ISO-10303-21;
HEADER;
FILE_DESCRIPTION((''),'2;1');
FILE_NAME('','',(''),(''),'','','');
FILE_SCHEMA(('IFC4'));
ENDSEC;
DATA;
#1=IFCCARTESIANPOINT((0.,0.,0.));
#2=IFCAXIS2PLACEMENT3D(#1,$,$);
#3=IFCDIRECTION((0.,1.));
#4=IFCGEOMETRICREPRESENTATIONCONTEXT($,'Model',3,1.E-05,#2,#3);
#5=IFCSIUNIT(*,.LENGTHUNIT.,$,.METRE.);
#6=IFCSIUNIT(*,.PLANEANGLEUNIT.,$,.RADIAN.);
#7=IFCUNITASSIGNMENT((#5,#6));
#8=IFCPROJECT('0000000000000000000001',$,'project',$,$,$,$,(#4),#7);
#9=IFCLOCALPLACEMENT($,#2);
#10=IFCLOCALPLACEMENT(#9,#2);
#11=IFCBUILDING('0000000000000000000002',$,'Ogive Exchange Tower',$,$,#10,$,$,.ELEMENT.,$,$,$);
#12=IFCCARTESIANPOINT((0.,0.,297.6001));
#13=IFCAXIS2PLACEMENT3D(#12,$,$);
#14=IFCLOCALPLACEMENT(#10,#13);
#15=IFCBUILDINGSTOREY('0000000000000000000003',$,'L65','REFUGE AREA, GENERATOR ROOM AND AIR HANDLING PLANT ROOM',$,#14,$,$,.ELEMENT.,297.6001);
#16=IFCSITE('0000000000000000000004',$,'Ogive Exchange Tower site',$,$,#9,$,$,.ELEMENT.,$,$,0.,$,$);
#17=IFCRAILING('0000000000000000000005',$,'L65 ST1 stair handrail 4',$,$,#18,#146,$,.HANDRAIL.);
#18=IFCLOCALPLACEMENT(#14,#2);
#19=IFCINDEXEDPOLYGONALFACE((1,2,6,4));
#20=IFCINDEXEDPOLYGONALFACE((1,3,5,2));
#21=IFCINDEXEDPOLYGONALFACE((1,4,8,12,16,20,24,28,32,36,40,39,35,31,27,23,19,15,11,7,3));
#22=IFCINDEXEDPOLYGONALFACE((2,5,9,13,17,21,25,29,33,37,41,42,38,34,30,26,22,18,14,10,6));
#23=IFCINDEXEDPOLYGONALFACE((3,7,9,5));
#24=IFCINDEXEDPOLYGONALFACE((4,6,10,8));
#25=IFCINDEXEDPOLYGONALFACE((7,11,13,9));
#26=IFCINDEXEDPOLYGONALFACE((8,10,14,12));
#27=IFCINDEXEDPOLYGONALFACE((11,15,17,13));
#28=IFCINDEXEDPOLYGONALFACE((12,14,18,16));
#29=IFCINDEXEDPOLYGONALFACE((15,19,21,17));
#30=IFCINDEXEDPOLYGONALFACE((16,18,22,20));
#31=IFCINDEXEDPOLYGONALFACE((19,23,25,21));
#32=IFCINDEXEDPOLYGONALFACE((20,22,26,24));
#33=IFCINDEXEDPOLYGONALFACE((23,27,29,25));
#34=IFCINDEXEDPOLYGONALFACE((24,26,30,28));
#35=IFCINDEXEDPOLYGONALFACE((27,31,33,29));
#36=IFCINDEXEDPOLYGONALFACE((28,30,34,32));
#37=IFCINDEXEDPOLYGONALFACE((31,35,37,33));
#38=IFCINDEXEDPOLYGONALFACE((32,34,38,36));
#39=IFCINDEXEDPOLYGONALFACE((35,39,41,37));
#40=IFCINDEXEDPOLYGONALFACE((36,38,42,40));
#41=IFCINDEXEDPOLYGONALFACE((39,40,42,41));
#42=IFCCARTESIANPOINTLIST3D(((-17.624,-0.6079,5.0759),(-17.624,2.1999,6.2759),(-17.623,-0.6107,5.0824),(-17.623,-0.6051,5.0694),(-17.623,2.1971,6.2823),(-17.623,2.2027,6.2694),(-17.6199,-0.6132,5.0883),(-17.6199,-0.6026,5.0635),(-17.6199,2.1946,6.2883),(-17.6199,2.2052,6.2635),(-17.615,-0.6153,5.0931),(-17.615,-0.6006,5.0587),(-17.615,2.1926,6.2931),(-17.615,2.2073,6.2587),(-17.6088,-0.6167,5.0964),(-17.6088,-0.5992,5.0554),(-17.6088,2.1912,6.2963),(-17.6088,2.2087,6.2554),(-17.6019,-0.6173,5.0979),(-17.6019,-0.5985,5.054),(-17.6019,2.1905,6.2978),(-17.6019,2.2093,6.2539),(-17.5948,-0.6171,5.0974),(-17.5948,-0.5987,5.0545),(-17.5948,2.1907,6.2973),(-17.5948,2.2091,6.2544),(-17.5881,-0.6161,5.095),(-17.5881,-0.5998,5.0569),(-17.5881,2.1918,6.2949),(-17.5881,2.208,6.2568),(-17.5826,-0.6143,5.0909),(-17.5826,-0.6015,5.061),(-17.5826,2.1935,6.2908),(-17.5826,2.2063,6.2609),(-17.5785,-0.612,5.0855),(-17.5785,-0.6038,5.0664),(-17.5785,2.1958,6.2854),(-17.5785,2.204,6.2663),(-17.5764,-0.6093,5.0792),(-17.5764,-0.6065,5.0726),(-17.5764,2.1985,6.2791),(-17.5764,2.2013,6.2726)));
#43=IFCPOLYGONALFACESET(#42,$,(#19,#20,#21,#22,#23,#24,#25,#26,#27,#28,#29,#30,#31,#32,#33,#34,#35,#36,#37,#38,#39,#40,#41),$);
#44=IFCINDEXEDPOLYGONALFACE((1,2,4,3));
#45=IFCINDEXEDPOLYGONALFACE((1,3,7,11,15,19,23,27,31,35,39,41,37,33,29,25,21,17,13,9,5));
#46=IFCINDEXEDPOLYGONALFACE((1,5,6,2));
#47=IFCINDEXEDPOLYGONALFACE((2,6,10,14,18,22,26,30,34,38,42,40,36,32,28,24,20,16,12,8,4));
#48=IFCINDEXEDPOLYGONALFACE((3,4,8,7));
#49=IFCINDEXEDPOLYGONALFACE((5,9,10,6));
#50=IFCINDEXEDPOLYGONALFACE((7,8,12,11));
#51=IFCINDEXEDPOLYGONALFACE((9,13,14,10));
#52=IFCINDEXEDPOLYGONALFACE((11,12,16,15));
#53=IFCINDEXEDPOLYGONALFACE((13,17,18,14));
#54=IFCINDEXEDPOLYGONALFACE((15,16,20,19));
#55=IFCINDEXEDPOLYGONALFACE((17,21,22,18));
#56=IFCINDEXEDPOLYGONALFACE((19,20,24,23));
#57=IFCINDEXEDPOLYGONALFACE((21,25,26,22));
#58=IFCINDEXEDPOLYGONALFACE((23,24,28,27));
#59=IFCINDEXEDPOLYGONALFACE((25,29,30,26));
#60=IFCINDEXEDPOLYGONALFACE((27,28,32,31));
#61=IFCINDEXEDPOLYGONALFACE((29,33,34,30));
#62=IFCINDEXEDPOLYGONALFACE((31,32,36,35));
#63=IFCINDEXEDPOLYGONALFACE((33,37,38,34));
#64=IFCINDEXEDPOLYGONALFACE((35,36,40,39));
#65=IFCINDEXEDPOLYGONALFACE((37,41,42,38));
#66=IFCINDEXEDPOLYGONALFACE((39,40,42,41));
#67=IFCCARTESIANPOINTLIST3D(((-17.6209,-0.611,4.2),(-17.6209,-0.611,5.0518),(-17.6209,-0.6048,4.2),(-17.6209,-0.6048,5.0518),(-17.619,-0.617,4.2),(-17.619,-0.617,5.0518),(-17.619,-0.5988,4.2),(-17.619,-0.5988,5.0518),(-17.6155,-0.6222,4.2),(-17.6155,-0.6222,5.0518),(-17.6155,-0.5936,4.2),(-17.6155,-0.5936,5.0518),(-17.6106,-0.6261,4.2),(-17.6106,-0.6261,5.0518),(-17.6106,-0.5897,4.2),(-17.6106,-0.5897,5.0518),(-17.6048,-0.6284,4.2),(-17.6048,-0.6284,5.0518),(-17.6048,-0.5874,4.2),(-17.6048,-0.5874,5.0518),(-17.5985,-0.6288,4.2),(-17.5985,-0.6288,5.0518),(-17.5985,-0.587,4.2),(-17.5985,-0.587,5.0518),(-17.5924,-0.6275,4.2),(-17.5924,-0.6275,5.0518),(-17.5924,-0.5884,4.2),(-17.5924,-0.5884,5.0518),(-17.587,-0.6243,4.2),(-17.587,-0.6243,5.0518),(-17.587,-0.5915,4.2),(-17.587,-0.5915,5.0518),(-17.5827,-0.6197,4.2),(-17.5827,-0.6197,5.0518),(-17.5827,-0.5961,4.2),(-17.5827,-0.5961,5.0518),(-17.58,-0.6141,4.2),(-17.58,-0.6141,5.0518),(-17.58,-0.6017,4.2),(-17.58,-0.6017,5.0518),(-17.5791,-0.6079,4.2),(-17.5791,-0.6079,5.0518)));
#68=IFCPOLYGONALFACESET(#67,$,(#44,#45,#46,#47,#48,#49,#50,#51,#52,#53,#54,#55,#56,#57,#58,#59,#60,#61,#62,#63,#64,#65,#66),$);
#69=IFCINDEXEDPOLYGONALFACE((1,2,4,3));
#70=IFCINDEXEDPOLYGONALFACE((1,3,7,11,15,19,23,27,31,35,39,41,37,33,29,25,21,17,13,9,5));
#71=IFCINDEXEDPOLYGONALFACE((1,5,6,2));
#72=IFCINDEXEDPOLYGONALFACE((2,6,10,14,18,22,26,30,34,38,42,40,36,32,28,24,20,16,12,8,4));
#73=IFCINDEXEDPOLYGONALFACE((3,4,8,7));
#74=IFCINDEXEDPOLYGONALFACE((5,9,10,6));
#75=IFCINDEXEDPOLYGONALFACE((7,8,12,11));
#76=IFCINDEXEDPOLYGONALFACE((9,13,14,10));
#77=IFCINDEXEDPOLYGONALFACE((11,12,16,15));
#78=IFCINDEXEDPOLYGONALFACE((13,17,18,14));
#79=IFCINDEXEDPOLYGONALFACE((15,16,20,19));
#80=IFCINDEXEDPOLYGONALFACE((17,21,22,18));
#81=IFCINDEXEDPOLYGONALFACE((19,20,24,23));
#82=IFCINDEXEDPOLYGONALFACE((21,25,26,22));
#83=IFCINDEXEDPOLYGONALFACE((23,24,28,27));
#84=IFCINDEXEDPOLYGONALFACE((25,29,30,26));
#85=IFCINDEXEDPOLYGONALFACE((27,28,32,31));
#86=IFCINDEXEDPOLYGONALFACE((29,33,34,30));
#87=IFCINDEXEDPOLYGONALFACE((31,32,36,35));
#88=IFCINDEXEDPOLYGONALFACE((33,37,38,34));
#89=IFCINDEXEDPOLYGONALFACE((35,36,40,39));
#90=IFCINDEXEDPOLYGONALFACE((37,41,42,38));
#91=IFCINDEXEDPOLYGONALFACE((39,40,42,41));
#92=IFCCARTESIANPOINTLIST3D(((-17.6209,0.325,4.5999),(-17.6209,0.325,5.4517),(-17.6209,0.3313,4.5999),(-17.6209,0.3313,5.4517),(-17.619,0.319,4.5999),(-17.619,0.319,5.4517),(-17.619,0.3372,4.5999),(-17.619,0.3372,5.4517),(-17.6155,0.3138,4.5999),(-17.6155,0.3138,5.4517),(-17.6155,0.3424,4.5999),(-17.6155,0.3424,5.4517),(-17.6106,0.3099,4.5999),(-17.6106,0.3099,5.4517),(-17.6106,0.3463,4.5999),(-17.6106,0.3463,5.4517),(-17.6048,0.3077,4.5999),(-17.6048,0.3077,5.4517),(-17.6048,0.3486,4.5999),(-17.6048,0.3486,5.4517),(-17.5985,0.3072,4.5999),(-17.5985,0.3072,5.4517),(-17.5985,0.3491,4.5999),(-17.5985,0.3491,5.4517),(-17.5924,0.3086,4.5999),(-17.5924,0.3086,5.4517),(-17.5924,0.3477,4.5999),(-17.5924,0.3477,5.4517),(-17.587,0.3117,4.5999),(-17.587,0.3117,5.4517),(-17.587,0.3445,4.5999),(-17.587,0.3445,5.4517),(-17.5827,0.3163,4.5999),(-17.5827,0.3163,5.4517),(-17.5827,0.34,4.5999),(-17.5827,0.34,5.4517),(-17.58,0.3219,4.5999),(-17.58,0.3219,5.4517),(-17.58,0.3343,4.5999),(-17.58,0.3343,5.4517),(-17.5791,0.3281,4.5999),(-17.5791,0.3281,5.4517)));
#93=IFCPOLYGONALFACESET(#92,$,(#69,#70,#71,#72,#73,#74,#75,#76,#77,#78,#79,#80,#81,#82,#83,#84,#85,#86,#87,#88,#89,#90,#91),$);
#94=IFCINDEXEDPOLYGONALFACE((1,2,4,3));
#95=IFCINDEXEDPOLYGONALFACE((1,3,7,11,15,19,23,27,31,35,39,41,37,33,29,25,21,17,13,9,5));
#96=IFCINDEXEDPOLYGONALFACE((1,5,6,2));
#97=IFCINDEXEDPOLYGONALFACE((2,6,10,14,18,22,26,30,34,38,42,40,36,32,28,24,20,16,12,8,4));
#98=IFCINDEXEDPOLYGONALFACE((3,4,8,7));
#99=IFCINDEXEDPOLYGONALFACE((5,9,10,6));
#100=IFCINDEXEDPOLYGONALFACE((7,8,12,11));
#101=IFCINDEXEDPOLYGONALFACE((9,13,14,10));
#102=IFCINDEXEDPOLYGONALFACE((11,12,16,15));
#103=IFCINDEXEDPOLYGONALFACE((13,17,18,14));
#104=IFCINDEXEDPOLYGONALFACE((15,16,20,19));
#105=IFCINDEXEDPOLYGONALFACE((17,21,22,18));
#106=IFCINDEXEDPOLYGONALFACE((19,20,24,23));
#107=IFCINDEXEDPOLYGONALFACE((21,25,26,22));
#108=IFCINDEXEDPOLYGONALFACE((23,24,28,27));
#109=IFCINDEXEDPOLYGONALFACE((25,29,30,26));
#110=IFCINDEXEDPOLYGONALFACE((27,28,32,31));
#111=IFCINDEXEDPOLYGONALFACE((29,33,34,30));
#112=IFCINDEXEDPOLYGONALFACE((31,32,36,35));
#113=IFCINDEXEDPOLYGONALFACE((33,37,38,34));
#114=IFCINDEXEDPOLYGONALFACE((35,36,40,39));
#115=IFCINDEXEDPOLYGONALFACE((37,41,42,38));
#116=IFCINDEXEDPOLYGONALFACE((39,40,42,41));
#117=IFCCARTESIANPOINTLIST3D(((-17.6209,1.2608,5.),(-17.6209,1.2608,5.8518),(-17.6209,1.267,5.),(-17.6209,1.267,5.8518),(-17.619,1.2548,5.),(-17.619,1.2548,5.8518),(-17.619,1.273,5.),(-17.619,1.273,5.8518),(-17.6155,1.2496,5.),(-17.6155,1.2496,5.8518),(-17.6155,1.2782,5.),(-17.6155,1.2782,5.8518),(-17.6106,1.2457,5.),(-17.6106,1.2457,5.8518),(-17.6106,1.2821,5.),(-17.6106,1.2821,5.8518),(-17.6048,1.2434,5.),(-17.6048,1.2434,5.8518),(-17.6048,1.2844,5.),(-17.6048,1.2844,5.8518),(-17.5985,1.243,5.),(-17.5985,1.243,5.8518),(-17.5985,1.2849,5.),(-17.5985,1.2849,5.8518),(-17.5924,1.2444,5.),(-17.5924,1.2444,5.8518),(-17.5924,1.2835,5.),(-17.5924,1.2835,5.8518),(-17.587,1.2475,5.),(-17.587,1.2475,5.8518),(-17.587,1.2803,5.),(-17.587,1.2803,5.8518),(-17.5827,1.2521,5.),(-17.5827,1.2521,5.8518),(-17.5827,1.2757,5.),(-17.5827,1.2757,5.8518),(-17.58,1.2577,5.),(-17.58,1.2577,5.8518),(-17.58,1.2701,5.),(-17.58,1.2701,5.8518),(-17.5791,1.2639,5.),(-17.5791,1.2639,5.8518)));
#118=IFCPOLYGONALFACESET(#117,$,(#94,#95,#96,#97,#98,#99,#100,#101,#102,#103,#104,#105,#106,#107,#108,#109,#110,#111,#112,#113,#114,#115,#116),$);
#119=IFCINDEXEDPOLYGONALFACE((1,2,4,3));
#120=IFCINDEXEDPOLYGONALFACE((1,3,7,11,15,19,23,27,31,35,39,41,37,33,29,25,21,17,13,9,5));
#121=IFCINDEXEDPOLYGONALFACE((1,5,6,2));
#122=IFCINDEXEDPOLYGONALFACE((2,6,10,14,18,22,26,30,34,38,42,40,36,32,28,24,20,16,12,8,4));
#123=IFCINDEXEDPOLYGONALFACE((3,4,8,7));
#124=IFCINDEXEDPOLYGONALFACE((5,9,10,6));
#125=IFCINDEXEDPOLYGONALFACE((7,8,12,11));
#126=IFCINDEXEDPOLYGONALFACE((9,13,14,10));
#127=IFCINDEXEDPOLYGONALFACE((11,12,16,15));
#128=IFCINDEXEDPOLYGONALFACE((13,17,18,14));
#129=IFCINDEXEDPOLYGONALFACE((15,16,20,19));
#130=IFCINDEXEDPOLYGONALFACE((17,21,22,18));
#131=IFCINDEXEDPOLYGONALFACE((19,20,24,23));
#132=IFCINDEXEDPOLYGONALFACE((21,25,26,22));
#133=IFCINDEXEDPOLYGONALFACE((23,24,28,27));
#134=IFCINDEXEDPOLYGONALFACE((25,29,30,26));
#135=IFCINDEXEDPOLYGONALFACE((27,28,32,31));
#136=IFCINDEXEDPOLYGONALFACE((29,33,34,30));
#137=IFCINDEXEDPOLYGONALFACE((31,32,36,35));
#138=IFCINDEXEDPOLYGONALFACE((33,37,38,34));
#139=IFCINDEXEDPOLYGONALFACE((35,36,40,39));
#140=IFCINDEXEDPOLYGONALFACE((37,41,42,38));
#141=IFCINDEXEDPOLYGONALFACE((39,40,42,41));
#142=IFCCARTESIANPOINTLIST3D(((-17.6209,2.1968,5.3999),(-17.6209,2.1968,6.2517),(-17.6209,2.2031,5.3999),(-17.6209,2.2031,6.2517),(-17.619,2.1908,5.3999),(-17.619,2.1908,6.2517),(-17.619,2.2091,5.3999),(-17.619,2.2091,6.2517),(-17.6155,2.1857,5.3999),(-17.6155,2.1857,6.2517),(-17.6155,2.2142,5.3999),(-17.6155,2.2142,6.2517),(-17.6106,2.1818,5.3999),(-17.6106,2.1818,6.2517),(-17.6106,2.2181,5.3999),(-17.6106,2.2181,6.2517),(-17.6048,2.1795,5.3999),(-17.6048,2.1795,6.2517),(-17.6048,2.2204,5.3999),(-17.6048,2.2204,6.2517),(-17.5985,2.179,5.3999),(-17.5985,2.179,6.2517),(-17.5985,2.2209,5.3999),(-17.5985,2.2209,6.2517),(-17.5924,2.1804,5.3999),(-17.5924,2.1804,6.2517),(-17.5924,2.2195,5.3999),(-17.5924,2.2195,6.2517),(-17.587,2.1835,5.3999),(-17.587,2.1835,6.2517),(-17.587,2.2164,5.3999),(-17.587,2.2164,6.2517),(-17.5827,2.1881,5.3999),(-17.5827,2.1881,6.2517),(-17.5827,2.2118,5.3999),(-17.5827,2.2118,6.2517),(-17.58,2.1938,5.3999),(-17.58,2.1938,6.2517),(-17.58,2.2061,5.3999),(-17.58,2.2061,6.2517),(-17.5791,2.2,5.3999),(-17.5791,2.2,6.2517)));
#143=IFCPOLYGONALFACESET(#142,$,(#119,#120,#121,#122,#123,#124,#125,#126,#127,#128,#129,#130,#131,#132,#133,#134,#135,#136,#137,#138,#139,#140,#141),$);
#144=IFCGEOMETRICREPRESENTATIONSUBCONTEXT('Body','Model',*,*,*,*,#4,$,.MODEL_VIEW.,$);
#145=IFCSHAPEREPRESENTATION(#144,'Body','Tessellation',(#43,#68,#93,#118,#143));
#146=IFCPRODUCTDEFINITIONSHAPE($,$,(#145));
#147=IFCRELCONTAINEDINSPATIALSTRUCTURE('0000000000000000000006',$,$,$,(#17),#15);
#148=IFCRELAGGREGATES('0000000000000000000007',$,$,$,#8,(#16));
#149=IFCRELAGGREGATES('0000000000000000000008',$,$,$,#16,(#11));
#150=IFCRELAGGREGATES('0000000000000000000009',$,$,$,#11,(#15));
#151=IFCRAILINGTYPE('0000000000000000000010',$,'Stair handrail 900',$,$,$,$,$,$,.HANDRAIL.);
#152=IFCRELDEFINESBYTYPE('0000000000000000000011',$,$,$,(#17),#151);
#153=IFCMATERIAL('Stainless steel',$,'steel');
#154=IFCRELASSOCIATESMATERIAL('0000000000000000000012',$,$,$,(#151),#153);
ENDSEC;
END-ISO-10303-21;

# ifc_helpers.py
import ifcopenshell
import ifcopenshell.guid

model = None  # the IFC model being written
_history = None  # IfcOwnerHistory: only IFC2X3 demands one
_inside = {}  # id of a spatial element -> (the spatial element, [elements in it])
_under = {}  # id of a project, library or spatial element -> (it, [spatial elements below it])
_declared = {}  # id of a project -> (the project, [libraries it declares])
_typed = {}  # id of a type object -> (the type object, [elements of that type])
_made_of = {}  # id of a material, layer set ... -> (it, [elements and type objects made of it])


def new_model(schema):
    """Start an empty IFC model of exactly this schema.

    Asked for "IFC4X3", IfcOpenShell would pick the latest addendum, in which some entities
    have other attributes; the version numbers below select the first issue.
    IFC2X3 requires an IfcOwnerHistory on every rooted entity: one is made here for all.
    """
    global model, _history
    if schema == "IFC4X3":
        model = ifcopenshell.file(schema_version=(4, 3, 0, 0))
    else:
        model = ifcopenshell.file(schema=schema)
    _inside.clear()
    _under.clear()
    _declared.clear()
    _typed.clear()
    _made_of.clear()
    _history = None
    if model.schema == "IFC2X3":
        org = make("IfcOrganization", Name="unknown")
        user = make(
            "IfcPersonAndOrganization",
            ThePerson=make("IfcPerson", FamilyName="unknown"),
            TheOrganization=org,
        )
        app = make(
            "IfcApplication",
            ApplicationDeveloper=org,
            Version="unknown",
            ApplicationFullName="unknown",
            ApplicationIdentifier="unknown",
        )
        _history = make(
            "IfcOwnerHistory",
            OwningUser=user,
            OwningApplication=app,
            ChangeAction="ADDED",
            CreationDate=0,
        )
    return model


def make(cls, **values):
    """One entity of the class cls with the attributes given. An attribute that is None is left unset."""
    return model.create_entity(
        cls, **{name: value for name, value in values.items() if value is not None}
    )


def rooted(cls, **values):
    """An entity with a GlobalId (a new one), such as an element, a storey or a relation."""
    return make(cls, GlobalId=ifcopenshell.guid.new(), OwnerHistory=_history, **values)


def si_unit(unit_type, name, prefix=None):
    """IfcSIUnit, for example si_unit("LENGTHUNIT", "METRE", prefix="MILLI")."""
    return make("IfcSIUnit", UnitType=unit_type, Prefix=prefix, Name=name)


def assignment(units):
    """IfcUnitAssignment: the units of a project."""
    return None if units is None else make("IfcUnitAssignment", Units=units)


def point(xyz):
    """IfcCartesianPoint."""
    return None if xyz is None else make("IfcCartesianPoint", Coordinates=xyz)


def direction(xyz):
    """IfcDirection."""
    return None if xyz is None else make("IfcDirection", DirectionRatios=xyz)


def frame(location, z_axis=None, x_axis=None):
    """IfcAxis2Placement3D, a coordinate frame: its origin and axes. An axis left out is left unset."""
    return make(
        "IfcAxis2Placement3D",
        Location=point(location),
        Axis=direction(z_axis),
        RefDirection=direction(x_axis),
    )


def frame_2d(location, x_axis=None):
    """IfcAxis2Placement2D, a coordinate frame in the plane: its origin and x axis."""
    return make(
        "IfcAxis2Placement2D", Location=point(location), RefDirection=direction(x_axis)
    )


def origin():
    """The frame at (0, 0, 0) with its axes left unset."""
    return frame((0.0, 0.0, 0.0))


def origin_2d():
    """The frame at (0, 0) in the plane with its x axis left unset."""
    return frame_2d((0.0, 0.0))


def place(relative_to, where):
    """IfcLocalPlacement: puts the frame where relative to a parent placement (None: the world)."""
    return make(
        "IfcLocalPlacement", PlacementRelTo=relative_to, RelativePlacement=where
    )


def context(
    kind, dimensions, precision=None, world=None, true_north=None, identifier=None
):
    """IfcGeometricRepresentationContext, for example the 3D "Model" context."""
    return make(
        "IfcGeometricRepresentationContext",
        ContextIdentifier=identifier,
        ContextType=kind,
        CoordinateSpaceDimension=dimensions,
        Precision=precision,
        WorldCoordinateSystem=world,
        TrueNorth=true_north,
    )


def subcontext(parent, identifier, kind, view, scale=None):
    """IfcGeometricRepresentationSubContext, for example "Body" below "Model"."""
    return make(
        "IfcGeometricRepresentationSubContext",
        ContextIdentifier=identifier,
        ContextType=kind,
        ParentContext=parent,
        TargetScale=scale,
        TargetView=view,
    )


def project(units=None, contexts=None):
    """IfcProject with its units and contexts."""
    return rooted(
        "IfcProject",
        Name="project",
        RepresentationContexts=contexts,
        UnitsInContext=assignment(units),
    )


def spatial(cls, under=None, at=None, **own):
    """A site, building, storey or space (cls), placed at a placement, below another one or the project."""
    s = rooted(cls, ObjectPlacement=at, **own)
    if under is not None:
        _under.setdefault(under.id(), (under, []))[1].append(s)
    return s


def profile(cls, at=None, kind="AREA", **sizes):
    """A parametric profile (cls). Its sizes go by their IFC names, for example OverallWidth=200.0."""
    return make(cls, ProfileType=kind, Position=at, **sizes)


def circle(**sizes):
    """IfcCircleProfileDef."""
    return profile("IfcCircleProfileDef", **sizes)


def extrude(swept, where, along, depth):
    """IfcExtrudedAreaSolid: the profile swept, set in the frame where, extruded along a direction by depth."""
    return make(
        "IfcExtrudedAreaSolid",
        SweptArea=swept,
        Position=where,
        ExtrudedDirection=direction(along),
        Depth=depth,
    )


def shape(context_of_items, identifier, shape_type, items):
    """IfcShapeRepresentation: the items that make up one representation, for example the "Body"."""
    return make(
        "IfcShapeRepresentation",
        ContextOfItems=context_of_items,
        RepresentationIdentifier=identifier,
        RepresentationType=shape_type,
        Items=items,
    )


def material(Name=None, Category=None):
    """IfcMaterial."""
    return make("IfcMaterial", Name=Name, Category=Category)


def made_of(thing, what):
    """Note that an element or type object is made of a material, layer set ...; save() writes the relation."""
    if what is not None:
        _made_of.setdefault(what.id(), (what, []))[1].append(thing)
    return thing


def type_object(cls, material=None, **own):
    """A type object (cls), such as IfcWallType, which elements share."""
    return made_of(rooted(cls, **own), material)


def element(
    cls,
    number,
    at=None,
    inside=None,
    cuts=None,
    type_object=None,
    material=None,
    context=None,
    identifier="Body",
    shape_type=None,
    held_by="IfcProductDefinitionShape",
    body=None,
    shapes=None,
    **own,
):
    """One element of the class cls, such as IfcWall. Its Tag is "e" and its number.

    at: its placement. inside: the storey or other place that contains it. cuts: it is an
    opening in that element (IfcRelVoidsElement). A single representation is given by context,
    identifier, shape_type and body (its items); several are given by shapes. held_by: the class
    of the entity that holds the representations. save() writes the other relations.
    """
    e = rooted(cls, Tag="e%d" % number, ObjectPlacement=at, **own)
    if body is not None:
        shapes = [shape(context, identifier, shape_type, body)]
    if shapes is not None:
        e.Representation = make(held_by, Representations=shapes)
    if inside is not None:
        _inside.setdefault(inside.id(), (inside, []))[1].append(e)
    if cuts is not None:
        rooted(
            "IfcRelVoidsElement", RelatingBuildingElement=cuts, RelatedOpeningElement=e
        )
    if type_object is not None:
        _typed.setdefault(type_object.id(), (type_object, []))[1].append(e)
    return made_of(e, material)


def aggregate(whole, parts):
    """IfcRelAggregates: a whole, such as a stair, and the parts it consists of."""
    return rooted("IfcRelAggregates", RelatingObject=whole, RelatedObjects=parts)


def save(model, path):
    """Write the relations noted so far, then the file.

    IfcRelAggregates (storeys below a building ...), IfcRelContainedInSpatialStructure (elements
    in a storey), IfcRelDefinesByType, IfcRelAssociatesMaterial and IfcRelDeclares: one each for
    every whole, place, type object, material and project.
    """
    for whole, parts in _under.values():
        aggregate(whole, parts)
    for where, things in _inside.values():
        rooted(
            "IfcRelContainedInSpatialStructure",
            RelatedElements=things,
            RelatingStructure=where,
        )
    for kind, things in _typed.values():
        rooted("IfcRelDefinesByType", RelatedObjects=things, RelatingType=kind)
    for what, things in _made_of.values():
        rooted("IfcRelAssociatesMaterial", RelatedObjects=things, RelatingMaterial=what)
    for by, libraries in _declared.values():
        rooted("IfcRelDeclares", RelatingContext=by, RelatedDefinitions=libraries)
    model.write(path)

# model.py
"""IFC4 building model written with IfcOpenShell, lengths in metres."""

from ifc_helpers import new_model, si_unit, direction, frame, origin, origin_2d, place, context, subcontext, project, spatial, circle, extrude, material, type_object, element, save


model = new_model("IFC4")

# Units and contexts
model_context = context("Model", 3, precision=1e-05, world=origin(), true_north=direction((0.0, 1.0)))
body_context = subcontext(model_context, "Body", "Model", "MODEL_VIEW")
ifc_project = project(units=[si_unit("LENGTHUNIT", "METRE"), si_unit("PLANEANGLEUNIT", "RADIAN")], contexts=[model_context])

# Site, building, storey
site_placement = place(None, origin())
site = spatial("IfcSite", under=ifc_project, at=site_placement, Name="Ogive Exchange Tower site", CompositionType="ELEMENT", RefElevation=0.0)
building_placement = place(site_placement, origin())
building = spatial("IfcBuilding", under=site, at=building_placement, Name="Ogive Exchange Tower", CompositionType="ELEMENT")
storey_placement = place(building_placement, frame((0.0, 0.0, 297.6001)))
storey = spatial("IfcBuildingStorey", under=building, at=storey_placement, Name="L65", Description="REFUGE AREA, GENERATOR ROOM AND AIR HANDLING PLANT ROOM", CompositionType="ELEMENT", Elevation=297.6001)

# Shared definitions
ifc_material_1 = material(Name="Stainless steel", Category="steel")

# Railing
railing_type = type_object("IfcRailingType", Name="Stair handrail 900", PredefinedType="HANDRAIL", material=ifc_material_1)
railing_1_placement = place(storey_placement, frame((-17.6001, -0.6079, 4.2)))
element("IfcRailing", 1, at=railing_1_placement, inside=storey, type_object=railing_type, Name="L65 ST1 stair handrail 4", PredefinedType="HANDRAIL", context=body_context, shape_type="SweptSolid", body=[
    extrude(circle(Radius=0.0239, at=origin_2d()), frame((0.0, 0.0, 0.876), z_axis=(0.0, 0.91955, 0.392973), x_axis=(-1.0, 0.0, 0.0)), (0.0, 0.0, 1.0), 3.0535),
    extrude(circle(Radius=0.021, at=origin_2d()), origin(), (0.0, 0.0, 1.0), 0.8518),
    extrude(circle(Radius=0.021, at=origin_2d()), frame((0.0, 0.936, 0.3999)), (0.0, 0.0, 1.0), 0.8518),
    extrude(circle(Radius=0.021, at=origin_2d()), frame((0.0, 1.8718, 0.8)), (0.0, 0.0, 1.0), 0.8518),
    extrude(circle(Radius=0.021, at=origin_2d()), frame((0.0, 2.8079, 1.2)), (0.0, 0.0, 1.0), 0.8518),
])

save(model, "model.ifc")
